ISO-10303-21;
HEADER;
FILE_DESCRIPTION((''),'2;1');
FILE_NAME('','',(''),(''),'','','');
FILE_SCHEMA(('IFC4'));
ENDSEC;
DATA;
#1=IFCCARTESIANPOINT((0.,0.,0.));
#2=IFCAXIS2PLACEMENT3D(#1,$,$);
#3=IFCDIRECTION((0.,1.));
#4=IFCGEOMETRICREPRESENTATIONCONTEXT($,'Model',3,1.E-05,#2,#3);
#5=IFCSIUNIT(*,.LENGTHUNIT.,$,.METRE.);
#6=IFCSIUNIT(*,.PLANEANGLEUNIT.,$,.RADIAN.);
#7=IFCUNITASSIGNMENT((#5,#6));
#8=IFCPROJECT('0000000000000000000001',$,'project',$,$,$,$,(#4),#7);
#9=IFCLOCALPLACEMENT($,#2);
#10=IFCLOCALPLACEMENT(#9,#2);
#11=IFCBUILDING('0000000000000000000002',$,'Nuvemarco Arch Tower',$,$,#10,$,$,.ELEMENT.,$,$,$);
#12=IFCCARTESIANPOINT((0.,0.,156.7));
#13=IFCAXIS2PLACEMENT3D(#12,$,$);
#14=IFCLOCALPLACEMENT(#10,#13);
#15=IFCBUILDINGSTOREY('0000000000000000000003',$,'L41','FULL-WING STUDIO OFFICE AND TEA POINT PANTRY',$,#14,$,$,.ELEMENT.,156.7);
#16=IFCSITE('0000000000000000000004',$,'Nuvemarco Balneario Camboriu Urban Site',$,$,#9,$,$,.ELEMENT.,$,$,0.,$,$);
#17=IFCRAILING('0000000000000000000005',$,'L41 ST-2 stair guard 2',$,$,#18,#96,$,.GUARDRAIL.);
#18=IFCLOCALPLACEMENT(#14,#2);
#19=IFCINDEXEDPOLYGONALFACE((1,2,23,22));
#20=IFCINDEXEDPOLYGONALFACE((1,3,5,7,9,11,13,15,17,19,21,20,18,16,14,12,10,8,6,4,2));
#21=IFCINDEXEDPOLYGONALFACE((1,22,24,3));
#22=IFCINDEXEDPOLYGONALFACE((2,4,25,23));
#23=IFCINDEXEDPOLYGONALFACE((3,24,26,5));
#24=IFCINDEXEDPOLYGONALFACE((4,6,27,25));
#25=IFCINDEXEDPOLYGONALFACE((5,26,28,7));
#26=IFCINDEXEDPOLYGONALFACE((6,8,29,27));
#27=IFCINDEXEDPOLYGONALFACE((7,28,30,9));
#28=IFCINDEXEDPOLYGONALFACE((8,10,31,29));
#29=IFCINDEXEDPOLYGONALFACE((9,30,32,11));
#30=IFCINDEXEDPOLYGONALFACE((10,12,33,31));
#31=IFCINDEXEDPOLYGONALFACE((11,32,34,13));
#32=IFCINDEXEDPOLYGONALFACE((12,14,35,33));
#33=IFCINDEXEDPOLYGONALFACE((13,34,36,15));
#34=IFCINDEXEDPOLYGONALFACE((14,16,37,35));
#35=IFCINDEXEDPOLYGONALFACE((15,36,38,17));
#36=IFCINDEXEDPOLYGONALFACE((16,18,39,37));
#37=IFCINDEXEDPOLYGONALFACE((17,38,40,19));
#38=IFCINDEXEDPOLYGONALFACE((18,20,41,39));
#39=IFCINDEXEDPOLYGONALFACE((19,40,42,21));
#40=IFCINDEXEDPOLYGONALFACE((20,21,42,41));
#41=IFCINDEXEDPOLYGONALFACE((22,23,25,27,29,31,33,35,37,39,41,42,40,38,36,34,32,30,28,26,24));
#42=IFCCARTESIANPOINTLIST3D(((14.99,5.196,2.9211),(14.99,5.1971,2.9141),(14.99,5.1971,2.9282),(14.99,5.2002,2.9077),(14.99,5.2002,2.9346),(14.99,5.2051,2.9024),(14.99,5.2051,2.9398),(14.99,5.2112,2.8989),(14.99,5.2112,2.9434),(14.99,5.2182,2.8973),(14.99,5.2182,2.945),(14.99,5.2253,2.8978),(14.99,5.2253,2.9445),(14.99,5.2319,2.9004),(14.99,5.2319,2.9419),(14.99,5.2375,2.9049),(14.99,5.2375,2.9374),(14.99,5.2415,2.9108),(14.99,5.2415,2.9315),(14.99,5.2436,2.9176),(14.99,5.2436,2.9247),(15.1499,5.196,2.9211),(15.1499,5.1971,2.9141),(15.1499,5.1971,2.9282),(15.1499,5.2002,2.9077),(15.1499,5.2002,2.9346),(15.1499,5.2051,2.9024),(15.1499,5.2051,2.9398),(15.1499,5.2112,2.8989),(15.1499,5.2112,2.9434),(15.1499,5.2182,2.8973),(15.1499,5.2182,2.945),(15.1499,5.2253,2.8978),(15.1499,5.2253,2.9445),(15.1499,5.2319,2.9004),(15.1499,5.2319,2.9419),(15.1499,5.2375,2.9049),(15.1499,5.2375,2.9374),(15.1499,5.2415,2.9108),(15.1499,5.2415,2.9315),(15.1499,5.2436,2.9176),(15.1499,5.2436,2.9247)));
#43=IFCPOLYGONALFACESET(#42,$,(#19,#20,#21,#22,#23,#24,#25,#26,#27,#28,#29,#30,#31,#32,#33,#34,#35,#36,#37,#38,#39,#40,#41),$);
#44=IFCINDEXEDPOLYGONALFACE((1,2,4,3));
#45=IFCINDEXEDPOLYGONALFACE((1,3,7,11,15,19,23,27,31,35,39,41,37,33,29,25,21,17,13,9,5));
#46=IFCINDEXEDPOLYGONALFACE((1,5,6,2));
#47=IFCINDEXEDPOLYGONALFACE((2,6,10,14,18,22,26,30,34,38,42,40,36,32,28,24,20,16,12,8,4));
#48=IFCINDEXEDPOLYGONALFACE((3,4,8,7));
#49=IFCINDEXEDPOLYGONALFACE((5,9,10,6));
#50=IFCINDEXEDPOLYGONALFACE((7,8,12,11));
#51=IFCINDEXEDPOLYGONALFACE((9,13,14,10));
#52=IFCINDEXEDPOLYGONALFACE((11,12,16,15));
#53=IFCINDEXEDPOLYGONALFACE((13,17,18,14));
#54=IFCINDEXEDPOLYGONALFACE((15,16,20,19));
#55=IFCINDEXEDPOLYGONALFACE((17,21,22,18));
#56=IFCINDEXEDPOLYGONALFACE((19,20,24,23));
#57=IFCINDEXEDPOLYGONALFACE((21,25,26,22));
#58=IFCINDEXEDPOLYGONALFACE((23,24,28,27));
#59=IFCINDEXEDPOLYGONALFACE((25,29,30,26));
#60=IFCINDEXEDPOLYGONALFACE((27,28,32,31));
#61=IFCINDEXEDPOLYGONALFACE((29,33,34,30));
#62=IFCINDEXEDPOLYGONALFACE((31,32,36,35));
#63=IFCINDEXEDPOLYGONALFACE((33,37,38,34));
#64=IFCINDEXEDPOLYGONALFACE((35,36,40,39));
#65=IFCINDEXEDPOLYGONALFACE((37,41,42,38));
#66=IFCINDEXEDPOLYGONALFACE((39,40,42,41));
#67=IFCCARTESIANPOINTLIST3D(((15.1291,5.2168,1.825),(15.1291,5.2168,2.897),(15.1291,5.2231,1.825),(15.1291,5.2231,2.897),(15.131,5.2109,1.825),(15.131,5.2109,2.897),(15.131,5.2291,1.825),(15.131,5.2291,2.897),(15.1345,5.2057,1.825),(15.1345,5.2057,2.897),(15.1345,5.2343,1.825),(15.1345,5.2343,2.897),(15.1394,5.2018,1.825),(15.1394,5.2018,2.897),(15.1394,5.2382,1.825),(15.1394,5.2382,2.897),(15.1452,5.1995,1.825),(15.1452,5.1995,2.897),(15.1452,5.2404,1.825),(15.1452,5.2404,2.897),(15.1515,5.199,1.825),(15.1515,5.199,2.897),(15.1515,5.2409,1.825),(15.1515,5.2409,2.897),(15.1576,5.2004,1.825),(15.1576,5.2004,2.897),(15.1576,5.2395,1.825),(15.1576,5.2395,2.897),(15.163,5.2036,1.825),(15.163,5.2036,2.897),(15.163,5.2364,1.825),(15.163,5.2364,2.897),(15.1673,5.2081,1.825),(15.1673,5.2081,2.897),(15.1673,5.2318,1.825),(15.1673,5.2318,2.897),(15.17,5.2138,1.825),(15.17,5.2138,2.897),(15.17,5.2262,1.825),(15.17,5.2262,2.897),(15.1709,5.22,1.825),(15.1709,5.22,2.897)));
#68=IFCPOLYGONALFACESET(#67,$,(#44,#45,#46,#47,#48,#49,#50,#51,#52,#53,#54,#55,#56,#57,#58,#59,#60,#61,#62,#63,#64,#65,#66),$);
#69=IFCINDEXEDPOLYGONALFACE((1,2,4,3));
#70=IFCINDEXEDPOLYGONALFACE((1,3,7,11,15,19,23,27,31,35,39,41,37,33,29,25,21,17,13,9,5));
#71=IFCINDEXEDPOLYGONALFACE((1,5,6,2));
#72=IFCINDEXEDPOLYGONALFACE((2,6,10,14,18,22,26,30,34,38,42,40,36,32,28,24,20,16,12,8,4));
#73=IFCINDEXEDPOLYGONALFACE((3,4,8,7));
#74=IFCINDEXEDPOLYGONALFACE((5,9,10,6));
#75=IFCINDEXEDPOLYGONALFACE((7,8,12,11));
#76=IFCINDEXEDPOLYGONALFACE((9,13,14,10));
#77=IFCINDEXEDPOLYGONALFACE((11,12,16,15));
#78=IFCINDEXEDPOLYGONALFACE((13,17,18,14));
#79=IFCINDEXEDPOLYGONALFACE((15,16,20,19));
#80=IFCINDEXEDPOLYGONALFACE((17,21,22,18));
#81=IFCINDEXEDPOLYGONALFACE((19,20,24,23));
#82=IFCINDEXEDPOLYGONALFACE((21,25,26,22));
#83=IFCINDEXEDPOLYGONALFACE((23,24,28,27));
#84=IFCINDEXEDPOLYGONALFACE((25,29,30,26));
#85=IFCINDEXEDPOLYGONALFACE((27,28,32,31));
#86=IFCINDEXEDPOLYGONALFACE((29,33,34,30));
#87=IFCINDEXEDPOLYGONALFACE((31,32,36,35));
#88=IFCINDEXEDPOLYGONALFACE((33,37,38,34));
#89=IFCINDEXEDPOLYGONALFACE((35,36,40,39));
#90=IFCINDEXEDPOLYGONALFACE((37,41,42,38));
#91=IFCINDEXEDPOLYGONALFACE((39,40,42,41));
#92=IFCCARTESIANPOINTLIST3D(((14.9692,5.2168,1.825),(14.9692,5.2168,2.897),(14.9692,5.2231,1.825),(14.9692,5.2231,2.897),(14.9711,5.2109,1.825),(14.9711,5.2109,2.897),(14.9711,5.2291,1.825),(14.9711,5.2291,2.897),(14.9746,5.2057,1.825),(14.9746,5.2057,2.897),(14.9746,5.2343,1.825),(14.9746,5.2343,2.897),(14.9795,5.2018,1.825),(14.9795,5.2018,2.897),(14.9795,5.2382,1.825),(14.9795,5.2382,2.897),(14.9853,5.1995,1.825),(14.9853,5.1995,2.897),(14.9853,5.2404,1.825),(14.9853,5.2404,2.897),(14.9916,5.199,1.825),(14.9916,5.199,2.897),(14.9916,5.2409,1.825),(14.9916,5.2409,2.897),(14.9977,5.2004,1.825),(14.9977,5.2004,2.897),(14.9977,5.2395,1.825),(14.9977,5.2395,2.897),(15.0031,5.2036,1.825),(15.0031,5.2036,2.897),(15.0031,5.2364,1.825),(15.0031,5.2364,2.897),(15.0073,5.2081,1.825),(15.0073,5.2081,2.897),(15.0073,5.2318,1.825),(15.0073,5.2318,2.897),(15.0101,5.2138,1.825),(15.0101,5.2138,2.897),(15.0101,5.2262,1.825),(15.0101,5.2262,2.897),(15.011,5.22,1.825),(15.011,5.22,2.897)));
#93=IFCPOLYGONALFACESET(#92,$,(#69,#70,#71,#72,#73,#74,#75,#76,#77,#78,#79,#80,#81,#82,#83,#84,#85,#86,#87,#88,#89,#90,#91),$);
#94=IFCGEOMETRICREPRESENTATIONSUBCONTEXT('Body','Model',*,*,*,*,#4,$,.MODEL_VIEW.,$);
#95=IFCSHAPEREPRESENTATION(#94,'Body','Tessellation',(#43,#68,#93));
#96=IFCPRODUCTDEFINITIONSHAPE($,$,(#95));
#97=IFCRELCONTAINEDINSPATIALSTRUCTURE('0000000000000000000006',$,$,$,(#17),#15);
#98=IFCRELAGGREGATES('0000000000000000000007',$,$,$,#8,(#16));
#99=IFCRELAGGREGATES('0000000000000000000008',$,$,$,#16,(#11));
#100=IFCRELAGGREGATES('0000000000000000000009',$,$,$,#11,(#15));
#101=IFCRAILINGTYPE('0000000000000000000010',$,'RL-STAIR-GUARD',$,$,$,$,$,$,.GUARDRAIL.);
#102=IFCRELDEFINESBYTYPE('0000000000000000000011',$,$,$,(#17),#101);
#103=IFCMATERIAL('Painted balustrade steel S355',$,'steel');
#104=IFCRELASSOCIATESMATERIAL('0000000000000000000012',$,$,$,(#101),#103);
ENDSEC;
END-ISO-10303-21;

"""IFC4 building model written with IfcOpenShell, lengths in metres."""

from ifc_helpers import new_model, si_unit, direction, frame, origin, origin_2d, place, context, subcontext, project, spatial, circle, extrude, material, type_object, element, save


model = new_model("IFC4")

# Units and contexts
model_context = context("Model", 3, precision=1e-05, world=origin(), true_north=direction((0.0, 1.0)))
body_context = subcontext(model_context, "Body", "Model", "MODEL_VIEW")
ifc_project = project(units=[si_unit("LENGTHUNIT", "METRE"), si_unit("PLANEANGLEUNIT", "RADIAN")], contexts=[model_context])

# Site, building, storey
site_placement = place(None, origin())
site = spatial("IfcSite", under=ifc_project, at=site_placement, Name="Nuvemarco Balneario Camboriu Urban Site", CompositionType="ELEMENT", RefElevation=0.0)
building_placement = place(site_placement, origin())
building = spatial("IfcBuilding", under=site, at=building_placement, Name="Nuvemarco Arch Tower", CompositionType="ELEMENT")
storey_placement = place(building_placement, frame((0.0, 0.0, 156.7)))
storey = spatial("IfcBuildingStorey", under=building, at=storey_placement, Name="L41", Description="FULL-WING STUDIO OFFICE AND TEA POINT PANTRY", CompositionType="ELEMENT", Elevation=156.7)

# Railing
ifc_material_1 = material(Name="Painted balustrade steel S355", Category="steel")
railing_type_1 = type_object("IfcRailingType", Name="RL-STAIR-GUARD", PredefinedType="GUARDRAIL", material=ifc_material_1)
railing_1_placement = place(storey_placement, frame((15.1499, 5.22, 1.825)))
element("IfcRailing", 1, at=railing_1_placement, inside=storey, type_object=railing_type_1, Name="L41 ST-2 stair guard 2", PredefinedType="GUARDRAIL", context=body_context, shape_type="SweptSolid", body=[
    extrude(circle(Radius=0.0239, at=origin_2d()), frame((0.0, 0.0, 1.0962), z_axis=(-1.0, 0.0, 0.0), x_axis=(0.0, -1.0, 0.0)), (0.0, 0.0, 1.0), 0.1599),
    extrude(circle(Radius=0.021, at=origin_2d()), origin(), (0.0, 0.0, 1.0), 1.072),
    extrude(circle(Radius=0.021, at=origin_2d()), frame((-0.1599, 0.0, 0.0)), (0.0, 0.0, 1.0), 1.072),
])

save(model, "model.ifc")
